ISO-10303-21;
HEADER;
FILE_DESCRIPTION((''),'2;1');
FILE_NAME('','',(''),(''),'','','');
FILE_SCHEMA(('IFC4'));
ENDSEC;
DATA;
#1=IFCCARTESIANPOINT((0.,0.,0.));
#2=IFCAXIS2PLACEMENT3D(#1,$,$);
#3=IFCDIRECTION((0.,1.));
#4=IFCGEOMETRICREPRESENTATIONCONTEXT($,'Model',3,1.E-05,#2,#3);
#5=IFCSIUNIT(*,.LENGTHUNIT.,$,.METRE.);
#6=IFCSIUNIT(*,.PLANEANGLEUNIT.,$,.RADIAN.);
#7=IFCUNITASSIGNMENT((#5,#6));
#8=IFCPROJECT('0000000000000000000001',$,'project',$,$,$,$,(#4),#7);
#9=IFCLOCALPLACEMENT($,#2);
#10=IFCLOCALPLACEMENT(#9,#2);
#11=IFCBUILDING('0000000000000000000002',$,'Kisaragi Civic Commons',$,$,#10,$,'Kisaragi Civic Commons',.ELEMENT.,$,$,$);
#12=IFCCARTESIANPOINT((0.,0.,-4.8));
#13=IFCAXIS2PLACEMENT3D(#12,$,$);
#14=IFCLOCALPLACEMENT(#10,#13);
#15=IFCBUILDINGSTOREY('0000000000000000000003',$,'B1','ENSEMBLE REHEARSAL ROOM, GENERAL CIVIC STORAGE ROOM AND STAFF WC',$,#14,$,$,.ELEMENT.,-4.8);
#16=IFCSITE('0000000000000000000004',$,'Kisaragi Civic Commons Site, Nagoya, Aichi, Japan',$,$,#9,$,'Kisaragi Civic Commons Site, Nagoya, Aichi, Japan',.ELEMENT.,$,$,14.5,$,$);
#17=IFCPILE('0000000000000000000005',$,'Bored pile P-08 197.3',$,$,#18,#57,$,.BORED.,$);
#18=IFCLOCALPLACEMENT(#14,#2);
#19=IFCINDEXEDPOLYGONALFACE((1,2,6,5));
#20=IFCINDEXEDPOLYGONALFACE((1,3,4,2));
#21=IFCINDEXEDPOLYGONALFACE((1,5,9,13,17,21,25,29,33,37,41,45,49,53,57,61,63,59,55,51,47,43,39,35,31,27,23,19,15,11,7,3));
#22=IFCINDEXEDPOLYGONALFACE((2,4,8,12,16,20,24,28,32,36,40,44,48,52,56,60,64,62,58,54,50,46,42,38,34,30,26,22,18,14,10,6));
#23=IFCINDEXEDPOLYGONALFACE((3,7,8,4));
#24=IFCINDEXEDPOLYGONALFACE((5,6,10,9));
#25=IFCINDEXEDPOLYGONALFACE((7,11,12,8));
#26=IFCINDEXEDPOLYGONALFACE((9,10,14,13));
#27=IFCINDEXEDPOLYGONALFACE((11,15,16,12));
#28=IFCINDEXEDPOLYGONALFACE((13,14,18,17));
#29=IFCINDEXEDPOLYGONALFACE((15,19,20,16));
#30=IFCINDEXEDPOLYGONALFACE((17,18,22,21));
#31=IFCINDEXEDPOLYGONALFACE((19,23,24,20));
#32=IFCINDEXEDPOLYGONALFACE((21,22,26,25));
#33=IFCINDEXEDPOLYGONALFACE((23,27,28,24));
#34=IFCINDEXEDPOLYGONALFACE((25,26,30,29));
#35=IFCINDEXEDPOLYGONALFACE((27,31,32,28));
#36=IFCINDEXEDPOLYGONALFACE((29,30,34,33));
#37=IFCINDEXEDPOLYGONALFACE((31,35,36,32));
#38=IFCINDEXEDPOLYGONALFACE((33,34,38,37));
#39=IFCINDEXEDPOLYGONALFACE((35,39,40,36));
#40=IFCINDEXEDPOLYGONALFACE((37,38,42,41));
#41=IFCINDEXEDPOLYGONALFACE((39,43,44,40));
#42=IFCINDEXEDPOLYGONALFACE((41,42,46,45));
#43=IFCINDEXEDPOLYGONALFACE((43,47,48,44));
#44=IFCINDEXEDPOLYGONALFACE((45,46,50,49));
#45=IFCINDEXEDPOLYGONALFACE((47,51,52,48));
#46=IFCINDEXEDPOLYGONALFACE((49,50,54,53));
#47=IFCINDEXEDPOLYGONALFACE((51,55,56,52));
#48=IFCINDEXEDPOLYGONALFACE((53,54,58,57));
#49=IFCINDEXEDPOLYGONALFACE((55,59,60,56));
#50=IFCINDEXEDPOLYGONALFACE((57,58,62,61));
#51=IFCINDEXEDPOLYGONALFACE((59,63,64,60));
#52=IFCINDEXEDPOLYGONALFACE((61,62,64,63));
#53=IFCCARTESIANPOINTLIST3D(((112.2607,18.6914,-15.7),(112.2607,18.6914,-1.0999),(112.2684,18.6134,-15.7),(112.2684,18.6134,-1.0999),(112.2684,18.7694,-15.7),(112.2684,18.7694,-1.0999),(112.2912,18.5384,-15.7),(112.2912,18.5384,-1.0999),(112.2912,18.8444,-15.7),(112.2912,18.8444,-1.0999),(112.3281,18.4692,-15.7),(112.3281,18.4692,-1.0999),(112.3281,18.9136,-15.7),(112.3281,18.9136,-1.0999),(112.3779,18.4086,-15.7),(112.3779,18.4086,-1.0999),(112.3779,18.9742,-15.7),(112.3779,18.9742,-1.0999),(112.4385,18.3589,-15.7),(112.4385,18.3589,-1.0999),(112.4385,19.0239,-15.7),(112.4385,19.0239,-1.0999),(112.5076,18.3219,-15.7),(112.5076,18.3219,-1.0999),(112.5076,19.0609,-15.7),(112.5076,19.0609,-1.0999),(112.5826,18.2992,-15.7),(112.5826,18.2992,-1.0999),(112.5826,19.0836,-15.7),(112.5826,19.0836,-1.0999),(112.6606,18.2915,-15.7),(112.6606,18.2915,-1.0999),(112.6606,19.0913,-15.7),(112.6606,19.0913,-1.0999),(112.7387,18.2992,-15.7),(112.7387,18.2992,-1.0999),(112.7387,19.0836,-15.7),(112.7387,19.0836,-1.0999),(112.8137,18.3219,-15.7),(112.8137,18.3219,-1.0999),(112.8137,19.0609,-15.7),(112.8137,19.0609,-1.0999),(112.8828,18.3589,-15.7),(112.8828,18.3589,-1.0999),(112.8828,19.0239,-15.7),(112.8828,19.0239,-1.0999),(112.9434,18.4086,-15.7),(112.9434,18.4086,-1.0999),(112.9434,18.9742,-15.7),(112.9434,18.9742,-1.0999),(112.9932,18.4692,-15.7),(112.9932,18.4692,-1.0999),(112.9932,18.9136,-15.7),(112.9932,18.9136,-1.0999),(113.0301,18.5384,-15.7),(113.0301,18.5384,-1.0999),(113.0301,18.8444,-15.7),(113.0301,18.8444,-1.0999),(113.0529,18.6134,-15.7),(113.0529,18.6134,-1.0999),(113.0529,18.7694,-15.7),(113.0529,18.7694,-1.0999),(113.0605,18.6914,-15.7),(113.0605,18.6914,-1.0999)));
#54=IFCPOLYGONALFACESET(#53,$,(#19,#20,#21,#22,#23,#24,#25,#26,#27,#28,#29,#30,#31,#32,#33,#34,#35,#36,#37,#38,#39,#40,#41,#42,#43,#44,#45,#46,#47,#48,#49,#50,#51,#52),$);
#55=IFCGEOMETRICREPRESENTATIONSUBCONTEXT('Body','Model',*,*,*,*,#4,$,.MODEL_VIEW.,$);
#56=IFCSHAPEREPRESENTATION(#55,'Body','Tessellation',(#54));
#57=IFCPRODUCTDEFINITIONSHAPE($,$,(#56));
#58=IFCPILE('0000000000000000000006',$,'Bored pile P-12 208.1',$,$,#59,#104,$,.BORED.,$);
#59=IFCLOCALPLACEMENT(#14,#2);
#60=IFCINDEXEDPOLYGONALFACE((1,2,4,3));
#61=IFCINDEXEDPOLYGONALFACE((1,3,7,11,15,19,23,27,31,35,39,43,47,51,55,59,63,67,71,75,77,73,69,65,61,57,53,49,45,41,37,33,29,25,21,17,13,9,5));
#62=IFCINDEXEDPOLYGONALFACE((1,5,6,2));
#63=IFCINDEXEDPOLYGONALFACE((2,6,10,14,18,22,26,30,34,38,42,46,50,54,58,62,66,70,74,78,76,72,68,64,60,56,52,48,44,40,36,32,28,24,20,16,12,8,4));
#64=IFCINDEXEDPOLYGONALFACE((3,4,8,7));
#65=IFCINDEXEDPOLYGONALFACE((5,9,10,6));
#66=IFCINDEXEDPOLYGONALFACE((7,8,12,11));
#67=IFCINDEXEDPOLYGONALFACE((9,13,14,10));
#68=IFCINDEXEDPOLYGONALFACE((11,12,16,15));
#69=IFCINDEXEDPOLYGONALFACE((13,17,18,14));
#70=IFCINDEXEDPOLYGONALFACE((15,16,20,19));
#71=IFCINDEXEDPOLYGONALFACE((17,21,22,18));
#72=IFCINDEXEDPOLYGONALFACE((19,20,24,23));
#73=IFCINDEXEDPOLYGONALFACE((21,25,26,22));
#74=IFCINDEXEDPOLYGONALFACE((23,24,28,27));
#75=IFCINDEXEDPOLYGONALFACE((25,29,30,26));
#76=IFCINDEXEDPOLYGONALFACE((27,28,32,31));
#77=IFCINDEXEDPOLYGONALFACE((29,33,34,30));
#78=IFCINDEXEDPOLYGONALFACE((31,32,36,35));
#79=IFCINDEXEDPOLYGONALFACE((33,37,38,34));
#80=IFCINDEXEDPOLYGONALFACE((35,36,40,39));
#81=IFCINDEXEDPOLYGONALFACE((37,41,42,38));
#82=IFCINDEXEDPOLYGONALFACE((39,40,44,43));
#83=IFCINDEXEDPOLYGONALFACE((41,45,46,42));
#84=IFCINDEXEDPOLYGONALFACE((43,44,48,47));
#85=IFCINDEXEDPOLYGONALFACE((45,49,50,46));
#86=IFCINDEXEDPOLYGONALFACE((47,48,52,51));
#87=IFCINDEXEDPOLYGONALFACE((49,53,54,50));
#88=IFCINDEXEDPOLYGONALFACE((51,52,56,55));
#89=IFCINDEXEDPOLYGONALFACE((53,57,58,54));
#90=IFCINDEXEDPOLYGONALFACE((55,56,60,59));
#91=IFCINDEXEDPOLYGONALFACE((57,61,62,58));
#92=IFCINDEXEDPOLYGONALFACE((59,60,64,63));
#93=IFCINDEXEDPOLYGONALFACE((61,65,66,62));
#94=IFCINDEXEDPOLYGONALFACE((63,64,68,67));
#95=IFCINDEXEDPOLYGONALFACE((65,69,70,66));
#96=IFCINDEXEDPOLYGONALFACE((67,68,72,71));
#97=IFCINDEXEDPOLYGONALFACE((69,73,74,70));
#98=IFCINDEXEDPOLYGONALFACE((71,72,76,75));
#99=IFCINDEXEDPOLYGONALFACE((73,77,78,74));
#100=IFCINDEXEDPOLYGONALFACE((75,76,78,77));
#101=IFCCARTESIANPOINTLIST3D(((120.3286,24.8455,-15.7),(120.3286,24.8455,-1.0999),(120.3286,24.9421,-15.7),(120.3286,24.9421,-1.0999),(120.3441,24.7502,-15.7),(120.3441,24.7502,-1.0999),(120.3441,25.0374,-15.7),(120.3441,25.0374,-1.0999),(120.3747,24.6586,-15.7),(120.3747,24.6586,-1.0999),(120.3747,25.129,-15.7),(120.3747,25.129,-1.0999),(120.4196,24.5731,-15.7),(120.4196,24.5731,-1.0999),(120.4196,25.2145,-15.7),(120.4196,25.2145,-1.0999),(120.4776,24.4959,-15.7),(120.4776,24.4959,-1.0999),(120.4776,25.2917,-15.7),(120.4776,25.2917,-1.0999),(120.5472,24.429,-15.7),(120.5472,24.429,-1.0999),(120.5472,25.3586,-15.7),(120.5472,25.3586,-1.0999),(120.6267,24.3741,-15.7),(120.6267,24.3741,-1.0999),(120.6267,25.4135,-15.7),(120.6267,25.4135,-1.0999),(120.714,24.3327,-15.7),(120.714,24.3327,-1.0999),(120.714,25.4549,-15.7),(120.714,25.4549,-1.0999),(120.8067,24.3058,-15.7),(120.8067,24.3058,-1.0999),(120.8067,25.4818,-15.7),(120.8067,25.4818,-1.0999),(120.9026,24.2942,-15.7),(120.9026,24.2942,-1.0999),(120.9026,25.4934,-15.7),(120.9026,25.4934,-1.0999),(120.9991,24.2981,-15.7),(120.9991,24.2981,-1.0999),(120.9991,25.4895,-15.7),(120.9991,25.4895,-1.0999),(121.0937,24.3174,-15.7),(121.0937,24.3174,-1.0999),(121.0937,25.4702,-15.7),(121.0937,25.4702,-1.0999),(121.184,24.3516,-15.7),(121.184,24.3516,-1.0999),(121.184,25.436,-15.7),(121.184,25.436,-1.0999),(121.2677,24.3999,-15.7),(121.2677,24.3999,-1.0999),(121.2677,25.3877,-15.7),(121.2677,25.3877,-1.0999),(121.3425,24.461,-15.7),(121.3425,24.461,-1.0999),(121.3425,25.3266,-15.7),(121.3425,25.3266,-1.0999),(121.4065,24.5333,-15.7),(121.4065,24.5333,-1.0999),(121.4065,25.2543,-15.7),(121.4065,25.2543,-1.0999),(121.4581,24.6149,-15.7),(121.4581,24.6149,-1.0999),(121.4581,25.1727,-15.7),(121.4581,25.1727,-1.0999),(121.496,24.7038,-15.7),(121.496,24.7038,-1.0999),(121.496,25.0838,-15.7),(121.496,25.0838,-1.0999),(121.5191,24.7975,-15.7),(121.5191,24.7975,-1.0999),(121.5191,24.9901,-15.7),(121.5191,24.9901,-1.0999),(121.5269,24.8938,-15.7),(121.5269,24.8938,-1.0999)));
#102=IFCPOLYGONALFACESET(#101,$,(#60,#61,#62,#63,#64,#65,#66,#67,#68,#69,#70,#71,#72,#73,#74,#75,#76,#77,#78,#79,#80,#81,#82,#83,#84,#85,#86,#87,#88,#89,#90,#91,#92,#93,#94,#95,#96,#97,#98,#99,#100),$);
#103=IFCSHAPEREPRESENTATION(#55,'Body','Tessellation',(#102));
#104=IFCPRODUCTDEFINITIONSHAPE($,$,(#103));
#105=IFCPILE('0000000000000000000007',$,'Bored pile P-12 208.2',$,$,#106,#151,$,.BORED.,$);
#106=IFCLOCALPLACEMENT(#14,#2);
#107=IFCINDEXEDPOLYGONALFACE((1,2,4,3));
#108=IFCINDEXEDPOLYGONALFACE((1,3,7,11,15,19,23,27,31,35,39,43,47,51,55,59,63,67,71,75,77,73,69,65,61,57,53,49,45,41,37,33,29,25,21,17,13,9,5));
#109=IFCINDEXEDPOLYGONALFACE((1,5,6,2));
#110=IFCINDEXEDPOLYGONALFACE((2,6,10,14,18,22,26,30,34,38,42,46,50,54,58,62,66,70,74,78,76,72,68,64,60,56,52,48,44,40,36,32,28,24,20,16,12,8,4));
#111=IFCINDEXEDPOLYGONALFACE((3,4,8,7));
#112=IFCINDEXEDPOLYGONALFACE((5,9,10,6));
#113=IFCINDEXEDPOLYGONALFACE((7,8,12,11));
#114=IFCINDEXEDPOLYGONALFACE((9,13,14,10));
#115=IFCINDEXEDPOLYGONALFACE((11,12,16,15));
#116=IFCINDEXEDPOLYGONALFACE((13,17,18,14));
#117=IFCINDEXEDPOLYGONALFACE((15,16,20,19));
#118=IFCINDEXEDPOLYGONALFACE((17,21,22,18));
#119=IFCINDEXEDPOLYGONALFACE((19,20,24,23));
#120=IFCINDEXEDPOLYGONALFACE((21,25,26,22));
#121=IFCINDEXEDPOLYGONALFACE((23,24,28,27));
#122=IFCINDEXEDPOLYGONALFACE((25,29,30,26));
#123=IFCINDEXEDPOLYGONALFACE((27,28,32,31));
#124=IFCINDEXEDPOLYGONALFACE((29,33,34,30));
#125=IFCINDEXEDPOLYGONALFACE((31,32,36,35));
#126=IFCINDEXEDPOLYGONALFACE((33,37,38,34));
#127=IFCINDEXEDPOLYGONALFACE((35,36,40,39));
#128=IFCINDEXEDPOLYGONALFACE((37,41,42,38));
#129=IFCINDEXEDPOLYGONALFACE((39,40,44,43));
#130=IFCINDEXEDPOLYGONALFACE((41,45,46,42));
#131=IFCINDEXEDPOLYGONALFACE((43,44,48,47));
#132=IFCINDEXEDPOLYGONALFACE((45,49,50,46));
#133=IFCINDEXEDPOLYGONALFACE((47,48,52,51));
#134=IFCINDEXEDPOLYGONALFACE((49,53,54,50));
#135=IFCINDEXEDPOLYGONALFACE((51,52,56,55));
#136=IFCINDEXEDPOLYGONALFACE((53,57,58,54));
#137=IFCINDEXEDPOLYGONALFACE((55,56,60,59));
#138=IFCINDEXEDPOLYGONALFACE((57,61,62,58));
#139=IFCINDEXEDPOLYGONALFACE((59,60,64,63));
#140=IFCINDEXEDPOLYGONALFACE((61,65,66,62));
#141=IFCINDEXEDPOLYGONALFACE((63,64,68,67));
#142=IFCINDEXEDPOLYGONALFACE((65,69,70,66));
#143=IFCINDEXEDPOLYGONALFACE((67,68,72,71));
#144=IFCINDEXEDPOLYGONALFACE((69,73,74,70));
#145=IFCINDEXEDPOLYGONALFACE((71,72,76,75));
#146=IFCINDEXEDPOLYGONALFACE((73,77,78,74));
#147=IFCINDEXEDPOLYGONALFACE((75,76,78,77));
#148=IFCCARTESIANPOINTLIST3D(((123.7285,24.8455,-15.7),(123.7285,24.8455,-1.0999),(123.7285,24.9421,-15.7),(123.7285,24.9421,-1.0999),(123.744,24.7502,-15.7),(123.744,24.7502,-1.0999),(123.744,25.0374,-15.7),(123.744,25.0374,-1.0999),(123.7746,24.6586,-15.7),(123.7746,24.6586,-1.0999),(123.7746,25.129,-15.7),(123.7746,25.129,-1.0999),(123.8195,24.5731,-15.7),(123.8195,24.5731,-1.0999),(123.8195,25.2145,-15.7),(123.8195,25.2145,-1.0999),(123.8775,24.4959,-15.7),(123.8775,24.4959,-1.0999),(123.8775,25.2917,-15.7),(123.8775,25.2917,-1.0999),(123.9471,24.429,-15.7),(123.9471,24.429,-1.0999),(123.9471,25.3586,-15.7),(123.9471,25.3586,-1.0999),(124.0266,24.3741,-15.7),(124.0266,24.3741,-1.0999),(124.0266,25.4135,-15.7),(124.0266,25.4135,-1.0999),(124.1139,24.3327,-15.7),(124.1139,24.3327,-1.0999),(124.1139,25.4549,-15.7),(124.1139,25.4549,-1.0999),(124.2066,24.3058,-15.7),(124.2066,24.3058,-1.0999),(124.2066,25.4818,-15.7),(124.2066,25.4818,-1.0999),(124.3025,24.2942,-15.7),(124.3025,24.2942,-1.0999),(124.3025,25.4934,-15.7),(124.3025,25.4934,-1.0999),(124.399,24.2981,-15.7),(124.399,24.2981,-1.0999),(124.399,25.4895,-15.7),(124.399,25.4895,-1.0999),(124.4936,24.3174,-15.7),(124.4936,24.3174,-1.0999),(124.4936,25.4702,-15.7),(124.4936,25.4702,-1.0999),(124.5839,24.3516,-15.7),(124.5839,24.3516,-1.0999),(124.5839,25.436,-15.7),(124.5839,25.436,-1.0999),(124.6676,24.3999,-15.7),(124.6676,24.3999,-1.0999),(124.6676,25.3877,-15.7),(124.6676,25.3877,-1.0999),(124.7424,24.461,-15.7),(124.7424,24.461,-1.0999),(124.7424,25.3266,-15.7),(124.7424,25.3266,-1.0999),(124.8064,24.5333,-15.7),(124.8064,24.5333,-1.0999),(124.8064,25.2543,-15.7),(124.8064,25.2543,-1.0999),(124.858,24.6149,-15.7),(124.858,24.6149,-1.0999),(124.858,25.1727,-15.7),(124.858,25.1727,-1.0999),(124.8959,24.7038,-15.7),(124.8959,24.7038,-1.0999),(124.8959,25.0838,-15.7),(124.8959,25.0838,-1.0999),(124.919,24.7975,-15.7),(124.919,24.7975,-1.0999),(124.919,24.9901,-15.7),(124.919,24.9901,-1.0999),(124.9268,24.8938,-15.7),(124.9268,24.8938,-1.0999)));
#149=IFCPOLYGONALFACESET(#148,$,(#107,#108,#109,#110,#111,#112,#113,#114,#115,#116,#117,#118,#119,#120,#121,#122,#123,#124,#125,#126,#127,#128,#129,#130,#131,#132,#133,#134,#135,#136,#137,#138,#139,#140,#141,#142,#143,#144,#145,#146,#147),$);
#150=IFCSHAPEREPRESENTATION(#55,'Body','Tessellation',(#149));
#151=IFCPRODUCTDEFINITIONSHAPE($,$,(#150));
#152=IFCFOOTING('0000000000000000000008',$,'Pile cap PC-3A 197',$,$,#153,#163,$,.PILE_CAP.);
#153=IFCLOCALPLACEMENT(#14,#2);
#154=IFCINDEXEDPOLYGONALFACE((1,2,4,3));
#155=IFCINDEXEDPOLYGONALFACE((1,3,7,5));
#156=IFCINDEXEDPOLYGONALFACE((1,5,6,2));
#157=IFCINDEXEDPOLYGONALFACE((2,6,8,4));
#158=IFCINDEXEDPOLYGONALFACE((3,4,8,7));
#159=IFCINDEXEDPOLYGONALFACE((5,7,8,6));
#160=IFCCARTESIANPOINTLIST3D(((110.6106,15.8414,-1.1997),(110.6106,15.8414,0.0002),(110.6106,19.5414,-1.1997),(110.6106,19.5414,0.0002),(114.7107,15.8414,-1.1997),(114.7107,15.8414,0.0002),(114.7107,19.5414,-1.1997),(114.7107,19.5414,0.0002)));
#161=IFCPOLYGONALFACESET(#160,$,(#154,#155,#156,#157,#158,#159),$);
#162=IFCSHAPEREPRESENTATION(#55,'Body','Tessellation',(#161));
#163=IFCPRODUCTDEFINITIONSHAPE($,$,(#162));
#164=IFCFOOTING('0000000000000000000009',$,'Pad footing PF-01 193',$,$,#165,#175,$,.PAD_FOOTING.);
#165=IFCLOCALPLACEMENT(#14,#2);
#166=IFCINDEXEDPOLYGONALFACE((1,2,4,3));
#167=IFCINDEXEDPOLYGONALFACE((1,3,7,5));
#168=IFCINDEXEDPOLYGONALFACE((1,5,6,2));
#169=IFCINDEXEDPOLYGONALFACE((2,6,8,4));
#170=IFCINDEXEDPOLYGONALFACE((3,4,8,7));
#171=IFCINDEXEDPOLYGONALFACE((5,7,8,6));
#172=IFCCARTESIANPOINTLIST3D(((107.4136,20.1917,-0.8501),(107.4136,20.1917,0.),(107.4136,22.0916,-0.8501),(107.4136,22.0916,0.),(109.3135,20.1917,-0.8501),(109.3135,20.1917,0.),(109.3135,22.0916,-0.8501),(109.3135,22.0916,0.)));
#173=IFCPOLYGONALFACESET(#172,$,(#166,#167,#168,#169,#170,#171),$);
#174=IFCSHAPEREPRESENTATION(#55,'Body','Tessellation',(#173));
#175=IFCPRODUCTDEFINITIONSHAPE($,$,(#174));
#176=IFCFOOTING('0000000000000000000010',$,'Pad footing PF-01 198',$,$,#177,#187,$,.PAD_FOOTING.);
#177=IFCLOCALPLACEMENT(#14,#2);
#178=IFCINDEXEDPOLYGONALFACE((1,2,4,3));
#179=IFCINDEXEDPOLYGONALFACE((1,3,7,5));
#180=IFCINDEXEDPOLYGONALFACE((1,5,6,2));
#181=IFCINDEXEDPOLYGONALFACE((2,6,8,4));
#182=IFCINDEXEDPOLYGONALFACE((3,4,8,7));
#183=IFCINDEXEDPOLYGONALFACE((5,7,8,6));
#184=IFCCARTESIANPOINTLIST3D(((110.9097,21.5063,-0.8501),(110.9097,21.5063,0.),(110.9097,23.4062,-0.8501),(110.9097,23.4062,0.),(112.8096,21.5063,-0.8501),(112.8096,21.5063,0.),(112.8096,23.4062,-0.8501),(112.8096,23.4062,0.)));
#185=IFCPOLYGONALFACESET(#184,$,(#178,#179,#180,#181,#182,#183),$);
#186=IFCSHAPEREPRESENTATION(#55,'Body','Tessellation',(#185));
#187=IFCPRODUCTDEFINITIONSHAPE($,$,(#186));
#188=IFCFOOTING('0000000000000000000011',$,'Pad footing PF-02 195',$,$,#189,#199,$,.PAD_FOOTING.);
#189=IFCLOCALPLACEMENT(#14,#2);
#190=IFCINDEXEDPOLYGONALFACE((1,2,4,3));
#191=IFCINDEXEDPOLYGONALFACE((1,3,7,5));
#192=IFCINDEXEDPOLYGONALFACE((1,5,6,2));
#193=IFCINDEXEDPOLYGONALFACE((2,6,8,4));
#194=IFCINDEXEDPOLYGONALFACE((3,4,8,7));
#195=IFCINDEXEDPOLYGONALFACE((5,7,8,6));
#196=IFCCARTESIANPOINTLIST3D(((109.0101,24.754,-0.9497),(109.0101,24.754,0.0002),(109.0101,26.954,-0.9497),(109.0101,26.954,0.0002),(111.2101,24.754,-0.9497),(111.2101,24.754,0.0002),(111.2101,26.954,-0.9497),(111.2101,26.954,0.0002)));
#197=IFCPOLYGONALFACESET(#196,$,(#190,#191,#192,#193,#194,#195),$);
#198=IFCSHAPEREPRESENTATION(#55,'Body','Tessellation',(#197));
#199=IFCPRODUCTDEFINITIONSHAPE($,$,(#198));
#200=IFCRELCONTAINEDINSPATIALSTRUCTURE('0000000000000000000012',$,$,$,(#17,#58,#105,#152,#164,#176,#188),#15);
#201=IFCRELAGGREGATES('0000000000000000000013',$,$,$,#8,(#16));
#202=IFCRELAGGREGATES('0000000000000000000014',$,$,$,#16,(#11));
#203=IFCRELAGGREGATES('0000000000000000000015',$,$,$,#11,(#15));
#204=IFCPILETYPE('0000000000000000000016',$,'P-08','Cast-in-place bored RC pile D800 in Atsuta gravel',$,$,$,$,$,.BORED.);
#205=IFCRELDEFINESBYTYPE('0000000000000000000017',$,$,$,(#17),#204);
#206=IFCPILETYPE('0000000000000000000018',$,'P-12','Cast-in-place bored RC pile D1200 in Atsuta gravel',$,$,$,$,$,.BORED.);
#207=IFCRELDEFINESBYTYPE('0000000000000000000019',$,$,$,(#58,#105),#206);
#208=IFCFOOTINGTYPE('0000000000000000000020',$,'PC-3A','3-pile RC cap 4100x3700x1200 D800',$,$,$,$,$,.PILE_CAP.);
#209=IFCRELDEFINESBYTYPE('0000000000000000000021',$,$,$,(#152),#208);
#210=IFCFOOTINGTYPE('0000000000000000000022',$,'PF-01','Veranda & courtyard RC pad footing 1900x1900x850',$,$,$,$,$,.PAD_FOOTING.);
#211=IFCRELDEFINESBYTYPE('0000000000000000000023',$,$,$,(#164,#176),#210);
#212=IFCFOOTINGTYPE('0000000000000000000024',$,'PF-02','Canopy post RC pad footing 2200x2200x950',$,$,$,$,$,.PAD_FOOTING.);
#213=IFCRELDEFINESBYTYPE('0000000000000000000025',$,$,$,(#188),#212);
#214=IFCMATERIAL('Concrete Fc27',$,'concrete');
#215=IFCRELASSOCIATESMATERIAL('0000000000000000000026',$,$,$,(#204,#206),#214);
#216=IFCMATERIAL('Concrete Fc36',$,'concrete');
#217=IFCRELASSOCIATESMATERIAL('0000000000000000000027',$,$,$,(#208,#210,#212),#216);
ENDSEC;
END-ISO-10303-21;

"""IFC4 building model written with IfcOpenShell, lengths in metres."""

from ifc_helpers import new_model, si_unit, direction, frame, origin, origin_2d, place, context, subcontext, project, spatial, rectangle, circle, extrude, material, material_profile, profile_set, type_object, element, save


model = new_model("IFC4")

# Units and contexts
model_context = context("Model", 3, precision=1e-05, world=origin(), true_north=direction((0.0, 1.0)))
body_context = subcontext(model_context, "Body", "Model", "MODEL_VIEW")
ifc_project = project(units=[si_unit("LENGTHUNIT", "METRE"), si_unit("PLANEANGLEUNIT", "RADIAN")], contexts=[model_context])

# Site, building, storey
site_placement = place(None, origin())
site = spatial("IfcSite", under=ifc_project, at=site_placement, Name="Kisaragi Civic Commons Site, Nagoya, Aichi, Japan", LongName="Kisaragi Civic Commons Site, Nagoya, Aichi, Japan", CompositionType="ELEMENT", RefElevation=14.5)
building_placement = place(site_placement, origin())
building = spatial("IfcBuilding", under=site, at=building_placement, Name="Kisaragi Civic Commons", LongName="Kisaragi Civic Commons", CompositionType="ELEMENT")
storey_placement = place(building_placement, frame((0.0, 0.0, -4.8)))
storey = spatial("IfcBuildingStorey", under=building, at=storey_placement, Name="B1", Description="ENSEMBLE REHEARSAL ROOM, GENERAL CIVIC STORAGE ROOM AND STAFF WC", CompositionType="ELEMENT", Elevation=-4.8)

# Piles
ifc_material_1 = material(Name="Concrete Fc27", Category="concrete")
ifc_material_profile_1 = material_profile(ifc_material_1, circle(Radius=0.3999, at=origin_2d()), Name="PILE-D800", Category="concrete")
ifc_profile_set_1 = profile_set([ifc_material_profile_1], Name="Concrete Fc27")
pile_type_1 = type_object("IfcPileType", Name="P-08", Description="Cast-in-place bored RC pile D800 in Atsuta gravel", PredefinedType="BORED", material=ifc_profile_set_1)
pile_placement = place(storey_placement, frame((112.6606, 18.6914, -1.0999), z_axis=(0.0, 0.0, -1.0), x_axis=(1.0, 0.0, 0.0)))
element("IfcPile", 1, at=pile_placement, inside=storey, type_object=pile_type_1, Name="Bored pile P-08 197.3", PredefinedType="BORED", context=body_context, shape_type="SweptSolid", body=[
    extrude(circle(Radius=0.3999, at=origin_2d()), origin(), (0.0, 0.0, 1.0), 14.6001),
])
ifc_material_profile_2 = material_profile(ifc_material_1, circle(Radius=0.6001, at=origin_2d()), Name="PILE-D1200", Category="concrete")
ifc_profile_set_2 = profile_set([ifc_material_profile_2], Name="Concrete Fc27")
pile_type_2 = type_object("IfcPileType", Name="P-12", Description="Cast-in-place bored RC pile D1200 in Atsuta gravel", PredefinedType="BORED", material=ifc_profile_set_2)
for number, where, z_axis, x_axis, name in (
    (2, (120.9268, 24.8938, -1.0999), (0.0, 0.0, -1.0), (1.0, 0.0, 0.0), "Bored pile P-12 208.1"),
    (3, (124.3267, 24.8938, -1.0999), (0.0, 0.0, -1.0), (1.0, 0.0, 0.0), "Bored pile P-12 208.2"),
):
    element("IfcPile", number, at=place(storey_placement, frame(where, z_axis=z_axis, x_axis=x_axis)), inside=storey, type_object=pile_type_2, Name=name, PredefinedType="BORED", context=body_context, shape_type="SweptSolid", body=[
        extrude(circle(Radius=0.6001, at=origin_2d()), origin(), (0.0, 0.0, 1.0), 14.6001),
    ])

# Footings
ifc_material_2 = material(Name="Concrete Fc36", Category="concrete")
footing_type_1 = type_object("IfcFootingType", Name="PC-3A", Description="3-pile RC cap 4100x3700x1200 D800", PredefinedType="PILE_CAP", material=ifc_material_2)
footing_1_placement = place(storey_placement, frame((112.6606, 17.6914, -1.1997), z_axis=(0.0, 0.0, 1.0), x_axis=(1.0, 0.0, 0.0)))
element("IfcFooting", 4, at=footing_1_placement, inside=storey, type_object=footing_type_1, Name="Pile cap PC-3A 197", PredefinedType="PILE_CAP", context=body_context, shape_type="SweptSolid", body=[
    extrude(rectangle(XDim=4.1001, YDim=3.7, at=origin_2d()), origin(), (0.0, 0.0, 1.0), 1.2),
])
footing_type_2 = type_object("IfcFootingType", Name="PF-01", Description="Veranda & courtyard RC pad footing 1900x1900x850", PredefinedType="PAD_FOOTING", material=ifc_material_2)
for number, where, z_axis, x_axis, name in (
    (5, (108.3635, 21.1416, -0.8501), (0.0, 0.0, 1.0), (1.0, 0.0, 0.0), "Pad footing PF-01 193"),
    (6, (111.8596, 22.4563, -0.8501), (0.0, 0.0, 1.0), (1.0, 0.0, 0.0), "Pad footing PF-01 198"),
):
    element("IfcFooting", number, at=place(storey_placement, frame(where, z_axis=z_axis, x_axis=x_axis)), inside=storey, type_object=footing_type_2, Name=name, PredefinedType="PAD_FOOTING", context=body_context, shape_type="SweptSolid", body=[
        extrude(rectangle(XDim=1.8999, YDim=1.8999, at=origin_2d()), origin(), (0.0, 0.0, 1.0), 0.8501),
    ])
footing_type_3 = type_object("IfcFootingType", Name="PF-02", Description="Canopy post RC pad footing 2200x2200x950", PredefinedType="PAD_FOOTING", material=ifc_material_2)
footing_2_placement = place(storey_placement, frame((110.1101, 25.854, -0.9497), z_axis=(0.0, 0.0, 1.0), x_axis=(1.0, 0.0, 0.0)))
element("IfcFooting", 7, at=footing_2_placement, inside=storey, type_object=footing_type_3, Name="Pad footing PF-02 195", PredefinedType="PAD_FOOTING", context=body_context, shape_type="SweptSolid", body=[
    extrude(rectangle(XDim=2.2, YDim=2.2, at=origin_2d()), origin(), (0.0, 0.0, 1.0), 0.95),
])

save(model, "model.ifc")
